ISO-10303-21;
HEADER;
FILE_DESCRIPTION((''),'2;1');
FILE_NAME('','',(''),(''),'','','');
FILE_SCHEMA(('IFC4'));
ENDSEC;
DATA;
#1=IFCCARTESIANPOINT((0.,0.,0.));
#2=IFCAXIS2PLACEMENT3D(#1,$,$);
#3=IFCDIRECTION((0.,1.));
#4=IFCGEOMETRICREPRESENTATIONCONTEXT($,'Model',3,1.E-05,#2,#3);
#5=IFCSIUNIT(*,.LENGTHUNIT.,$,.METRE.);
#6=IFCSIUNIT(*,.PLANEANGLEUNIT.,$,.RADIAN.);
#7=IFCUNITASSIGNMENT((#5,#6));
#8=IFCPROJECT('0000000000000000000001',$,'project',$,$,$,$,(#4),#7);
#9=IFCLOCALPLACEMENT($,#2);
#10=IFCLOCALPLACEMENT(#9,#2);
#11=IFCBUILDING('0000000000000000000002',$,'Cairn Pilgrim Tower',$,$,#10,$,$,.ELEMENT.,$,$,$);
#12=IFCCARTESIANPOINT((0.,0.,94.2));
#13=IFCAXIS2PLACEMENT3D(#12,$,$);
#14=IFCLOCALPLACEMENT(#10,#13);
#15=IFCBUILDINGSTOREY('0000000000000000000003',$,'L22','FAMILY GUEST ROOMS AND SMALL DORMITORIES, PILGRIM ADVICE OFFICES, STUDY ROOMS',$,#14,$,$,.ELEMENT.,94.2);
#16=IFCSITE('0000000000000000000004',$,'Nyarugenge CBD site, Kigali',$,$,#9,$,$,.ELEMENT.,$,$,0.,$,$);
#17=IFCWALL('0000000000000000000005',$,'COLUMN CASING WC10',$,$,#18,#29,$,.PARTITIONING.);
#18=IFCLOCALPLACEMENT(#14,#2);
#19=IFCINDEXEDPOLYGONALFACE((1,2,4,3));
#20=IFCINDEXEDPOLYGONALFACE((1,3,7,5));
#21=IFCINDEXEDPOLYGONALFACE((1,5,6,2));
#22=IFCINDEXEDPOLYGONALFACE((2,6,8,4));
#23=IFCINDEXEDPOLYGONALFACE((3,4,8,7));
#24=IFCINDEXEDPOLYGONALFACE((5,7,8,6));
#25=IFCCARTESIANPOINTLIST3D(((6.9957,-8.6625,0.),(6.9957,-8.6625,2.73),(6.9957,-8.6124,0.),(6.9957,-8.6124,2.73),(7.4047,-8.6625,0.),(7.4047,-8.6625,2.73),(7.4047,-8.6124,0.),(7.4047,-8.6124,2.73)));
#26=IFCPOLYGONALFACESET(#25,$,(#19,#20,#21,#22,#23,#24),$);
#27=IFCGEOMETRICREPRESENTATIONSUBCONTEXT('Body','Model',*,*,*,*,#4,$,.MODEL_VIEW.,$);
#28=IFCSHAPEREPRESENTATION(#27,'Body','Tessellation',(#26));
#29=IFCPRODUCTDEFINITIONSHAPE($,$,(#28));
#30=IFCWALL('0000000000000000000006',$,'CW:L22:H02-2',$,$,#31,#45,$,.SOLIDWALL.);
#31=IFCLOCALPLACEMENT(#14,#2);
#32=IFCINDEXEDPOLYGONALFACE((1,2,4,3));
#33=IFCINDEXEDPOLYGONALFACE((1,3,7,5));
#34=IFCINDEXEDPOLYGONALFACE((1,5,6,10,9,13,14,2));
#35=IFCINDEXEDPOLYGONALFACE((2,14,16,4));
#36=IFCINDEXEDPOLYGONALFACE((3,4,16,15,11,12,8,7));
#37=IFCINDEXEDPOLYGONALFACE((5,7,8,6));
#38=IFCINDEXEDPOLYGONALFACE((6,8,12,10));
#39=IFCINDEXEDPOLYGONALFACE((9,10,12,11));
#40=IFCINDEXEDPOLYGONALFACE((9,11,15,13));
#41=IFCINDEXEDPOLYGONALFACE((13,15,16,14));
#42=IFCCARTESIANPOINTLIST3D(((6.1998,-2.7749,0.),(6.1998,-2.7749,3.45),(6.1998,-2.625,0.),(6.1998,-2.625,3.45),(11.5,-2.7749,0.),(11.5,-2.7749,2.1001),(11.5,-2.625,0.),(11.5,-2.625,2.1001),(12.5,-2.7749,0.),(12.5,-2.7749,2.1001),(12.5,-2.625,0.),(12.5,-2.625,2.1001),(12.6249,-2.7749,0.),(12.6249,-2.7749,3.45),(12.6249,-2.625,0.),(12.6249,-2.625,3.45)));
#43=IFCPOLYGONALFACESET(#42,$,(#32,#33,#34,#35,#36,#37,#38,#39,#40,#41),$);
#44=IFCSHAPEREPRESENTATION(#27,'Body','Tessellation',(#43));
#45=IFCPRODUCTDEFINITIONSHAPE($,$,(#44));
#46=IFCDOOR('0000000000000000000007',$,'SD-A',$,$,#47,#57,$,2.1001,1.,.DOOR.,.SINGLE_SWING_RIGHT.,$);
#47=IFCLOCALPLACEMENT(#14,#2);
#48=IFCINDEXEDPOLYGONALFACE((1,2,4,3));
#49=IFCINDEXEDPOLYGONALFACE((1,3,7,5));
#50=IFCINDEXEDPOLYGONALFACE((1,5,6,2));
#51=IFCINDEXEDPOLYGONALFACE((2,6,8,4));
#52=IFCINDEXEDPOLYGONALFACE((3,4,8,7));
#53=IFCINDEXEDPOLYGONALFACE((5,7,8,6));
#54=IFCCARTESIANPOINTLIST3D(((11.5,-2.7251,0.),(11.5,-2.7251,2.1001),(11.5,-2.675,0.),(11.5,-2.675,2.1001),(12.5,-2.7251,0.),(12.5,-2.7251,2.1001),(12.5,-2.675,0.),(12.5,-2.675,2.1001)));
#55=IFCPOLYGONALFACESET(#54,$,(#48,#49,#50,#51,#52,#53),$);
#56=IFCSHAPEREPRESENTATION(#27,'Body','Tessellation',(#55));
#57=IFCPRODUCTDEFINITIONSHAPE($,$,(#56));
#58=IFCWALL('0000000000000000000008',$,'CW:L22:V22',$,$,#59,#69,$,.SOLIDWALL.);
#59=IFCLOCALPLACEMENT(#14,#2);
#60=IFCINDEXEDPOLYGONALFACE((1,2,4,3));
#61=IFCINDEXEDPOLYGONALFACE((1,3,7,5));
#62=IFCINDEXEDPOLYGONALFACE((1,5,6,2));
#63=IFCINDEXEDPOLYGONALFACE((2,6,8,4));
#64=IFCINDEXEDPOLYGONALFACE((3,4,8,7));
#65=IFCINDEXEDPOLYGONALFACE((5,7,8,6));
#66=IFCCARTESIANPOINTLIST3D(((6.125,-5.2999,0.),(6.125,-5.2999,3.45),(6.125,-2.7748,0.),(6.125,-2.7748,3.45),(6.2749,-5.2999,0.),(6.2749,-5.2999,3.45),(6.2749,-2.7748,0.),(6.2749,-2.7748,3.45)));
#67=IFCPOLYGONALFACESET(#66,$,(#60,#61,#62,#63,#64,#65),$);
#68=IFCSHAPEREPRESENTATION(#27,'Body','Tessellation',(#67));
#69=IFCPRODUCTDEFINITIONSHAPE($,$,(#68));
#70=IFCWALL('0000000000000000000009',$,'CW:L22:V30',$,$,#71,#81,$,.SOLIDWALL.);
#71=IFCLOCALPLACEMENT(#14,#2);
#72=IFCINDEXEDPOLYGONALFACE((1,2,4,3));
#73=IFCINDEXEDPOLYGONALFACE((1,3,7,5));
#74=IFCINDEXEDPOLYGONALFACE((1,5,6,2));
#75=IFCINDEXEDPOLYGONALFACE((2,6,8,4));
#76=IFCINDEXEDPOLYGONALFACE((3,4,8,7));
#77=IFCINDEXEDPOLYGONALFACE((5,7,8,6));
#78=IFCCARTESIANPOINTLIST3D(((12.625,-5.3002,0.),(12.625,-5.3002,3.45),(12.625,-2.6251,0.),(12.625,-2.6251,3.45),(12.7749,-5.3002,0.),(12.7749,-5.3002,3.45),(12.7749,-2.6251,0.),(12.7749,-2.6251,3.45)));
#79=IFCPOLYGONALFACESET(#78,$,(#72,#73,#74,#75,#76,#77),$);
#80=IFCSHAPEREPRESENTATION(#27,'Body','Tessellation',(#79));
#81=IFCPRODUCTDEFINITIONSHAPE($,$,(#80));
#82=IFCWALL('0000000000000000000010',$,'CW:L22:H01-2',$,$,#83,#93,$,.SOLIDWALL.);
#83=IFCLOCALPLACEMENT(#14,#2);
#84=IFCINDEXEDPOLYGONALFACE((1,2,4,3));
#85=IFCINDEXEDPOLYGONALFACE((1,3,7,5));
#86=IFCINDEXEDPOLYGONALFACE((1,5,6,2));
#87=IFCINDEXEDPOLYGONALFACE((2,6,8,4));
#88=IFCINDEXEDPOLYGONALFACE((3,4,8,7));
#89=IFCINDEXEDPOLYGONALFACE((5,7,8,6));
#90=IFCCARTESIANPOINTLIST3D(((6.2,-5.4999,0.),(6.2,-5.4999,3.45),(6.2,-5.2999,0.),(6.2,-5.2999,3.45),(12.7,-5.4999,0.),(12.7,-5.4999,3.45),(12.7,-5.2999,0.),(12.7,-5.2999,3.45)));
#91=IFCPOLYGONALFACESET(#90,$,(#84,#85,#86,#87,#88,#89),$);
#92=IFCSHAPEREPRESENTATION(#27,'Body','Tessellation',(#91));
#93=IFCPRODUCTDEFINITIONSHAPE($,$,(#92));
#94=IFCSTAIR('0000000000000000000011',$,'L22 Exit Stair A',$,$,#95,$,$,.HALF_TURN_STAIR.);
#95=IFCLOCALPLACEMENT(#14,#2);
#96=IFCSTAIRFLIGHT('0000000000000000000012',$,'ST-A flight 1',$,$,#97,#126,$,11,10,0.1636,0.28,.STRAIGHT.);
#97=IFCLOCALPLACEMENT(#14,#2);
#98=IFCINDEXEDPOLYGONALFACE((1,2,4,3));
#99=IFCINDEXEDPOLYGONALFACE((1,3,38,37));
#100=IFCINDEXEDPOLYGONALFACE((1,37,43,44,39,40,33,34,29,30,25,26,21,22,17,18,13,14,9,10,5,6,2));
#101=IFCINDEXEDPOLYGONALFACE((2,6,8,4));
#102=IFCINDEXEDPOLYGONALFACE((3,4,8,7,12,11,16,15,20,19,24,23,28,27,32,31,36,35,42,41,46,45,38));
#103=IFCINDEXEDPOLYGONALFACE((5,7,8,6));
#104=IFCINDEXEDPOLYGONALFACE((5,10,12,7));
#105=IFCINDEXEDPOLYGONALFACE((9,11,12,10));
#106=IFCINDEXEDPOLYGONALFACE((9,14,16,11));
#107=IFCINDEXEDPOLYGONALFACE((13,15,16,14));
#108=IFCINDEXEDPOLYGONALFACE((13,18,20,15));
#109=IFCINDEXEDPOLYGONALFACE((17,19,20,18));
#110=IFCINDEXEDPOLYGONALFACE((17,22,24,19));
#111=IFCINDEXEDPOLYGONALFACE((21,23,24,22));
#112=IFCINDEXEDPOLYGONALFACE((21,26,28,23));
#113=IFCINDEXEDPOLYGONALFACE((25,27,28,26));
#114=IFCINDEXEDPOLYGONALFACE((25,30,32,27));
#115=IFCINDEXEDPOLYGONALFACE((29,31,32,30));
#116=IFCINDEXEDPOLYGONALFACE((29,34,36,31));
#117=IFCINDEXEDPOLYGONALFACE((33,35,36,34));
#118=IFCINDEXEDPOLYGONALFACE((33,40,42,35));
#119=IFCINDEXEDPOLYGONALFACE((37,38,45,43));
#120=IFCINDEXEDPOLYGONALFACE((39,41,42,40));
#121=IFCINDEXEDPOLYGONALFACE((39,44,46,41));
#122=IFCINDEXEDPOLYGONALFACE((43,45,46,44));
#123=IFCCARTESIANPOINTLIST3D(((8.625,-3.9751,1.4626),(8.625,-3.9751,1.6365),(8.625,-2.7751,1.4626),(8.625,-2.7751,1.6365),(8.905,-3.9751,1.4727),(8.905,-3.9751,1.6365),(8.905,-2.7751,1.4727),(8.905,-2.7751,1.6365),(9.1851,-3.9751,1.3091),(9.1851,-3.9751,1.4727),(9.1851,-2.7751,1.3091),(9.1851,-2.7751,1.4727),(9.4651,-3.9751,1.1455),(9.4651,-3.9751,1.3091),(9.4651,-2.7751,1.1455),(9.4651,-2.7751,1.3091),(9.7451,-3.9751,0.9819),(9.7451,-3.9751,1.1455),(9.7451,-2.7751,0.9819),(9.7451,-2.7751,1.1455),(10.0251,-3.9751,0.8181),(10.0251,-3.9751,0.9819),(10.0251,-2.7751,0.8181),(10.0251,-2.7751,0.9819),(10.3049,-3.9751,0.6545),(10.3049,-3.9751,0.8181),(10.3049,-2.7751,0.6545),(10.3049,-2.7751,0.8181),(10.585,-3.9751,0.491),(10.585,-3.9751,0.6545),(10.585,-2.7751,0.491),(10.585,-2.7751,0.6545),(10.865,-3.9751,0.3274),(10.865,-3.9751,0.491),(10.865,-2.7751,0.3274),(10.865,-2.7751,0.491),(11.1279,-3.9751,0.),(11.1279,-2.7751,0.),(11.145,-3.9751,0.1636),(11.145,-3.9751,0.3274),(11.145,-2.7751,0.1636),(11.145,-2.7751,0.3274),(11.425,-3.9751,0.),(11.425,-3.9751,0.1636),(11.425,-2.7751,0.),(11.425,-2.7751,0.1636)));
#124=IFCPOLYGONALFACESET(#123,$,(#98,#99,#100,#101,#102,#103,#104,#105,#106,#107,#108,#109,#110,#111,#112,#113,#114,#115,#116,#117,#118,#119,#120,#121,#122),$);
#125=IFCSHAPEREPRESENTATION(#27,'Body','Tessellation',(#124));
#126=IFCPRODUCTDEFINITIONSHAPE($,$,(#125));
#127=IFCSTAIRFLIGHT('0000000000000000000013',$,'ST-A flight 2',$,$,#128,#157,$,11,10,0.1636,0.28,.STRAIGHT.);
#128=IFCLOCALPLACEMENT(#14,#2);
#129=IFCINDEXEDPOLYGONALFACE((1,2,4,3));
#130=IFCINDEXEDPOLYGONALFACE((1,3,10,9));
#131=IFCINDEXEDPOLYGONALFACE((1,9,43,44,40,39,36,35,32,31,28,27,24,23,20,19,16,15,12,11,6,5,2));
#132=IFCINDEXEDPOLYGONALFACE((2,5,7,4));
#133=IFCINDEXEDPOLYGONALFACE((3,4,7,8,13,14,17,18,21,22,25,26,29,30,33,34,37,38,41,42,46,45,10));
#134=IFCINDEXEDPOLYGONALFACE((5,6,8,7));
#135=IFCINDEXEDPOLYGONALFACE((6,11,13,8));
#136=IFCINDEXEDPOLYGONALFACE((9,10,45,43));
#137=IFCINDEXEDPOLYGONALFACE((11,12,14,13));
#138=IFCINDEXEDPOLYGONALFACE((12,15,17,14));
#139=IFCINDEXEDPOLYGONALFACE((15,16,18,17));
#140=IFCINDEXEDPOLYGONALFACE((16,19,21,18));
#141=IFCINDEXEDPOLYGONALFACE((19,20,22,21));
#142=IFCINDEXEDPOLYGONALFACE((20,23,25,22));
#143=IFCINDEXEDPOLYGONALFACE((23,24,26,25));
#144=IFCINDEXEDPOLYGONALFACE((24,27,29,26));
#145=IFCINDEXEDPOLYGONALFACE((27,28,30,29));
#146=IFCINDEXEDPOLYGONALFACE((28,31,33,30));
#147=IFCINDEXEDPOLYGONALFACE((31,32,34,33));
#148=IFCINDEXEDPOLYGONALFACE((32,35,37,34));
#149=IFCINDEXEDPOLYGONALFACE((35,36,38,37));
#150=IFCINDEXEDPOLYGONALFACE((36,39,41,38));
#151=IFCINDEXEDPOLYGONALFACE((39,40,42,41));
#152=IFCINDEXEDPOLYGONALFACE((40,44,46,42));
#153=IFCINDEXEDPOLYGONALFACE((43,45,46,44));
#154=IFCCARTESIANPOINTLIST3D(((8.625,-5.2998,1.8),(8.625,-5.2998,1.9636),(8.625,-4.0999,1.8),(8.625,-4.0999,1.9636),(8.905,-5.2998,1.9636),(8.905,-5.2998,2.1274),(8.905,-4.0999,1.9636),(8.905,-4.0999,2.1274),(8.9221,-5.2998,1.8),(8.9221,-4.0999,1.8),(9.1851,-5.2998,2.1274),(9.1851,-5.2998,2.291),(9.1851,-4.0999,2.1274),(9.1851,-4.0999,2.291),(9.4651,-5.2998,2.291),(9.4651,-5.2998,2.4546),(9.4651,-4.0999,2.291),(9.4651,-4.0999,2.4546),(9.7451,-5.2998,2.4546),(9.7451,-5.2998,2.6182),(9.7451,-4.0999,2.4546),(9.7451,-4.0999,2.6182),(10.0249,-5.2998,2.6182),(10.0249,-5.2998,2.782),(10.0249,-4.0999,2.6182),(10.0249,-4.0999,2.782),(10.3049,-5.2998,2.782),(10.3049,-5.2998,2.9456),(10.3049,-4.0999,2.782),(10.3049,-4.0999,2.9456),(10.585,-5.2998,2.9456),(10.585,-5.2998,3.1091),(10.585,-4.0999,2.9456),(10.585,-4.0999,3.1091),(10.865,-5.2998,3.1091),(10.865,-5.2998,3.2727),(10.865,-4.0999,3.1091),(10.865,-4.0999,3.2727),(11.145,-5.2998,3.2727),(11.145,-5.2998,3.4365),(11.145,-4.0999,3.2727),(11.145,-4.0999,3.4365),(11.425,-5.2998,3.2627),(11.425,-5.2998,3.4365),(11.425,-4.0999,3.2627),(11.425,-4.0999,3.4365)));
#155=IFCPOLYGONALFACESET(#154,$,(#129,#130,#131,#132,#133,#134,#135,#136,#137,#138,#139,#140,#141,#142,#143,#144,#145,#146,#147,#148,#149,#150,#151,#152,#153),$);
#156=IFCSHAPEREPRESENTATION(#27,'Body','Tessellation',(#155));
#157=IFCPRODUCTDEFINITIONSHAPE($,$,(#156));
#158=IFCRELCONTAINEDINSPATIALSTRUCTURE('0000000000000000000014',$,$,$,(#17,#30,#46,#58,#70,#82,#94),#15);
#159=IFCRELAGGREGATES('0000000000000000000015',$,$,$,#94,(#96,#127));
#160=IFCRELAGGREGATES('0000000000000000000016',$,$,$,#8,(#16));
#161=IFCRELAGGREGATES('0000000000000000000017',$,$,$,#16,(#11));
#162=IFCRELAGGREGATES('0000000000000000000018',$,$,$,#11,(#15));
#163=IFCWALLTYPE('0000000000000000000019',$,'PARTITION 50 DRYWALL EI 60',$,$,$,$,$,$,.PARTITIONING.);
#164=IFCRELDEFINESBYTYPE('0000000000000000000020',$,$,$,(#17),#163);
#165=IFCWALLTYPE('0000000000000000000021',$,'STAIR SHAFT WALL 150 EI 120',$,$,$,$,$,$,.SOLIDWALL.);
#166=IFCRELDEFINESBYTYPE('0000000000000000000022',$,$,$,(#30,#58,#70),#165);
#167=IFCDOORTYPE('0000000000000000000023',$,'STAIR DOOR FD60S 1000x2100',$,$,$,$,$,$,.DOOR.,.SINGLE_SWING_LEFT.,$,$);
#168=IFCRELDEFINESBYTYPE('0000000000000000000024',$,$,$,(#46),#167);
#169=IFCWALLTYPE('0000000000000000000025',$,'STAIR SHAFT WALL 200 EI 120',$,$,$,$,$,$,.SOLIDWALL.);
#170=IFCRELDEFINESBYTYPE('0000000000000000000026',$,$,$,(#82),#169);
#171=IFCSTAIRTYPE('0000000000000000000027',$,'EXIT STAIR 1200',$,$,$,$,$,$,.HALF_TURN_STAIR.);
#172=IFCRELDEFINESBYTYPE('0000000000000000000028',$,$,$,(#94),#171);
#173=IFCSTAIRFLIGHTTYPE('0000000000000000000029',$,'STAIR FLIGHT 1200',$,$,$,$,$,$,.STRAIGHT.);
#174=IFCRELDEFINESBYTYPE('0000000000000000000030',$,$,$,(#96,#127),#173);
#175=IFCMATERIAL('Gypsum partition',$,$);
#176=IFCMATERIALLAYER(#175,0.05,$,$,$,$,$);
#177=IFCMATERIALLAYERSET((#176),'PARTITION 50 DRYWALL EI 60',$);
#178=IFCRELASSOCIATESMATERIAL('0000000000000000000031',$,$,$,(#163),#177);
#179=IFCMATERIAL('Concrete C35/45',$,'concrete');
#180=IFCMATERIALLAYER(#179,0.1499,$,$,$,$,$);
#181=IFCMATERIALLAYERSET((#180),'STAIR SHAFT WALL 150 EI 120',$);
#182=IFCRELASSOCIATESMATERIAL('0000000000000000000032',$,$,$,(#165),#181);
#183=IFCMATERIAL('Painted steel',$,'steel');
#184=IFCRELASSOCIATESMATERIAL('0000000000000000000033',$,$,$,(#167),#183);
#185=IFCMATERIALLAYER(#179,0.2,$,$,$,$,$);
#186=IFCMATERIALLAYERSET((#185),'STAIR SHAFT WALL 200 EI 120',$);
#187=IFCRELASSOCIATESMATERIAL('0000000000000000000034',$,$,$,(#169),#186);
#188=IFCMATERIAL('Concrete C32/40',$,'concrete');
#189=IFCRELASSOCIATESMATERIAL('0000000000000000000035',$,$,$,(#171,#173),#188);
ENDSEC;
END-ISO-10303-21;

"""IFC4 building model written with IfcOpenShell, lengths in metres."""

from ifc_helpers import new_model, si_unit, direction, frame, frame_2d, origin, place, context, subcontext, project, spatial, polyline, rectangle, outline, extrude, material, layer, layer_set, type_object, element, fill, aggregate, save


model = new_model("IFC4")

# Units and contexts
model_context = context("Model", 3, precision=1e-05, world=origin(), true_north=direction((0.0, 1.0)))
body_context = subcontext(model_context, "Body", "Model", "MODEL_VIEW")
ifc_project = project(units=[si_unit("LENGTHUNIT", "METRE"), si_unit("PLANEANGLEUNIT", "RADIAN")], contexts=[model_context])

# Site, building, storey
site_placement = place(None, origin())
site = spatial("IfcSite", under=ifc_project, at=site_placement, Name="Nyarugenge CBD site, Kigali", CompositionType="ELEMENT", RefElevation=0.0)
building_placement = place(site_placement, origin())
building = spatial("IfcBuilding", under=site, at=building_placement, Name="Cairn Pilgrim Tower", CompositionType="ELEMENT")
storey_placement = place(building_placement, frame((0.0, 0.0, 94.2)))
storey = spatial("IfcBuildingStorey", under=building, at=storey_placement, Name="L22", Description="FAMILY GUEST ROOMS AND SMALL DORMITORIES, PILGRIM ADVICE OFFICES, STUDY ROOMS", CompositionType="ELEMENT", Elevation=94.2)

# Shared definitions
ifc_material_1 = material(Name="Concrete C32/40", Category="concrete")

# Shared definitions
ifc_material_2 = material(Name="Painted steel", Category="steel")

# Shared definitions
ifc_material_3 = material(Name="Gypsum partition")

# Wall
ifc_layer_1 = layer(ifc_material_3, 0.05)
ifc_layer_set_1 = layer_set([ifc_layer_1], Name="PARTITION 50 DRYWALL EI 60")
wall_type_1 = type_object("IfcWallType", Name="PARTITION 50 DRYWALL EI 60", PredefinedType="PARTITIONING", material=ifc_layer_set_1)
wall_1_placement = place(storey_placement, frame((6.9956, -8.6375, 0.0), z_axis=(0.0, 0.0, 1.0), x_axis=(1.0, 0.0, 0.0)))
element("IfcWall", 1, at=wall_1_placement, inside=storey, type_object=wall_type_1, Name="COLUMN CASING WC10", PredefinedType="PARTITIONING", context=body_context, shape_type="SweptSolid", body=[
    extrude(rectangle(XDim=0.4089, YDim=0.05, at=frame_2d((0.2046, 0.0))), origin(), (0.0, 0.0, 1.0), 2.73),
])

# Wall, opening, door
ifc_material_4 = material(Name="Concrete C35/45", Category="concrete")
ifc_layer_2 = layer(ifc_material_4, 0.1499)
ifc_layer_set_2 = layer_set([ifc_layer_2], Name="STAIR SHAFT WALL 150 EI 120")
wall_type_2 = type_object("IfcWallType", Name="STAIR SHAFT WALL 150 EI 120", PredefinedType="SOLIDWALL", material=ifc_layer_set_2)
wall_2_placement = place(storey_placement, frame((6.2, -2.7, 0.0), z_axis=(0.0, 0.0, 1.0), x_axis=(1.0, 0.0, 0.0)))
wall_2 = element("IfcWall", 2, at=wall_2_placement, inside=storey, type_object=wall_type_2, Name="CW:L22:H02-2", PredefinedType="SOLIDWALL", context=body_context, shape_type="SweptSolid", body=[
    extrude(rectangle(XDim=6.425, YDim=0.1499, at=frame_2d((3.2124, 0.0))), origin(), (0.0, 0.0, 1.0), 3.45),
])
opening_1_placement = place(wall_2_placement, frame((5.3, 0.0, 0.0)))
opening_1 = element("IfcOpeningElement", 3, at=opening_1_placement, cuts=wall_2, PredefinedType="OPENING", context=body_context, shape_type="SweptSolid", body=[
    extrude(rectangle(XDim=1.0, YDim=2.1001, at=frame_2d((0.5, 1.05))), frame((0.0, 0.085, 0.0), z_axis=(0.0, -1.0, 0.0), x_axis=(1.0, 0.0, 0.0)), (0.0, 0.0, 1.0), 0.1699),
])
door_type_1 = type_object("IfcDoorType", Name="STAIR DOOR FD60S 1000x2100", OperationType="SINGLE_SWING_LEFT", PredefinedType="DOOR", material=ifc_material_2)
door_1_placement = place(opening_1_placement, origin())
door_1 = element("IfcDoor", 4, at=door_1_placement, inside=storey, type_object=door_type_1, Name="SD-A", OperationType="SINGLE_SWING_RIGHT", OverallHeight=2.1001, OverallWidth=1.0, PredefinedType="DOOR", context=body_context, shape_type="SweptSolid", body=[
    extrude(rectangle(XDim=1.0, YDim=2.1001, at=frame_2d((0.5, 1.05))), frame((0.0, 0.0249, 0.0), z_axis=(0.0, -1.0, 0.0), x_axis=(1.0, 0.0, 0.0)), (0.0, 0.0, 1.0), 0.05),
])
fill(opening_1, door_1)

# Walls
wall_3_placement = place(storey_placement, frame((6.2, -5.3, 0.0), z_axis=(0.0, 0.0, 1.0), x_axis=(0.0, 1.0, 0.0)))
element("IfcWall", 5, at=wall_3_placement, inside=storey, type_object=wall_type_2, Name="CW:L22:V22", PredefinedType="SOLIDWALL", context=body_context, shape_type="SweptSolid", body=[
    extrude(rectangle(XDim=2.5251, YDim=0.1499, at=frame_2d((1.2627, 0.0))), origin(), (0.0, 0.0, 1.0), 3.45),
])
wall_4_placement = place(storey_placement, frame((12.7, -5.3, 0.0), z_axis=(0.0, 0.0, 1.0), x_axis=(0.0, 1.0, 0.0)))
element("IfcWall", 6, at=wall_4_placement, inside=storey, type_object=wall_type_2, Name="CW:L22:V30", PredefinedType="SOLIDWALL", context=body_context, shape_type="SweptSolid", body=[
    extrude(rectangle(XDim=2.675, YDim=0.1499, at=frame_2d((1.3374, 0.0))), origin(), (0.0, 0.0, 1.0), 3.45),
])
ifc_layer_3 = layer(ifc_material_4, 0.2)
ifc_layer_set_3 = layer_set([ifc_layer_3], Name="STAIR SHAFT WALL 200 EI 120")
wall_type_3 = type_object("IfcWallType", Name="STAIR SHAFT WALL 200 EI 120", PredefinedType="SOLIDWALL", material=ifc_layer_set_3)
wall_5_placement = place(storey_placement, frame((6.2, -5.3999, 0.0), z_axis=(0.0, 0.0, 1.0), x_axis=(1.0, 0.0, 0.0)))
element("IfcWall", 7, at=wall_5_placement, inside=storey, type_object=wall_type_3, Name="CW:L22:H01-2", PredefinedType="SOLIDWALL", context=body_context, shape_type="SweptSolid", body=[
    extrude(rectangle(XDim=6.5, YDim=0.2, at=frame_2d((3.25, 0.0))), origin(), (0.0, 0.0, 1.0), 3.45),
])

# Stair, stair flights
stair_type = type_object("IfcStairType", Name="EXIT STAIR 1200", PredefinedType="HALF_TURN_STAIR", material=ifc_material_1)
stair_placement = place(storey_placement, origin())
stair = element("IfcStair", 8, at=stair_placement, inside=storey, type_object=stair_type, Name="L22 Exit Stair A", PredefinedType="HALF_TURN_STAIR")
stair_flight_type = type_object("IfcStairFlightType", Name="STAIR FLIGHT 1200", PredefinedType="STRAIGHT", material=ifc_material_1)
stair_flight_1_placement = place(storey_placement, frame((11.425, -3.375, 0.0), z_axis=(0.0, 0.0, 1.0), x_axis=(-1.0, 0.0, 0.0)))
stair_flight_1 = element("IfcStairFlight", 9, at=stair_flight_1_placement, type_object=stair_flight_type, Name="ST-A flight 1", NumberOfRisers=11, NumberOfTreads=10, PredefinedType="STRAIGHT", RiserHeight=0.1636, TreadLength=0.28, context=body_context, shape_type="SweptSolid", body=[
    extrude(outline(polyline([(0.0, 0.0), (0.0, 0.1636), (0.28, 0.1636), (0.28, 0.3274), (0.5601, 0.3274), (0.5601, 0.491), (0.8401, 0.491), (0.8401, 0.6545), (1.1201, 0.6545), (1.1201, 0.8181), (1.3999, 0.8181), (1.3999, 0.9819), (1.6799, 0.9819), (1.6799, 1.1455), (1.96, 1.1455), (1.96, 1.3091), (2.24, 1.3091), (2.24, 1.4727), (2.52, 1.4727), (2.52, 1.6365), (2.8, 1.6365), (2.8, 1.8), (2.8, 1.4626), (0.2971, 0.0), (0.0, 0.0)])), frame((0.0, 0.6001, 0.0), z_axis=(0.0, -1.0, 0.0), x_axis=(1.0, 0.0, 0.0)), (0.0, 0.0, 1.0), 1.2),
])
stair_flight_2_placement = place(storey_placement, frame((8.625, -4.7, 1.8), z_axis=(0.0, 0.0, 1.0), x_axis=(1.0, 0.0, 0.0)))
stair_flight_2 = element("IfcStairFlight", 10, at=stair_flight_2_placement, type_object=stair_flight_type, Name="ST-A flight 2", NumberOfRisers=11, NumberOfTreads=10, PredefinedType="STRAIGHT", RiserHeight=0.1636, TreadLength=0.28, context=body_context, shape_type="SweptSolid", body=[
    extrude(outline(polyline([(0.0, 0.0), (0.0, 0.1636), (0.28, 0.1636), (0.28, 0.3274), (0.5601, 0.3274), (0.5601, 0.491), (0.8401, 0.491), (0.8401, 0.6545), (1.1201, 0.6545), (1.1201, 0.8181), (1.3999, 0.8181), (1.3999, 0.9819), (1.6799, 0.9819), (1.6799, 1.1455), (1.96, 1.1455), (1.96, 1.3091), (2.24, 1.3091), (2.24, 1.4727), (2.52, 1.4727), (2.52, 1.6365), (2.8, 1.6365), (2.8, 1.8), (2.8, 1.4626), (0.2971, 0.0), (0.0, 0.0)])), frame((0.0, 0.6001, 0.0), z_axis=(0.0, -1.0, 0.0), x_axis=(1.0, 0.0, 0.0)), (0.0, 0.0, 1.0), 1.2),
])
aggregate(stair, [stair_flight_1, stair_flight_2])

save(model, "model.ifc")
